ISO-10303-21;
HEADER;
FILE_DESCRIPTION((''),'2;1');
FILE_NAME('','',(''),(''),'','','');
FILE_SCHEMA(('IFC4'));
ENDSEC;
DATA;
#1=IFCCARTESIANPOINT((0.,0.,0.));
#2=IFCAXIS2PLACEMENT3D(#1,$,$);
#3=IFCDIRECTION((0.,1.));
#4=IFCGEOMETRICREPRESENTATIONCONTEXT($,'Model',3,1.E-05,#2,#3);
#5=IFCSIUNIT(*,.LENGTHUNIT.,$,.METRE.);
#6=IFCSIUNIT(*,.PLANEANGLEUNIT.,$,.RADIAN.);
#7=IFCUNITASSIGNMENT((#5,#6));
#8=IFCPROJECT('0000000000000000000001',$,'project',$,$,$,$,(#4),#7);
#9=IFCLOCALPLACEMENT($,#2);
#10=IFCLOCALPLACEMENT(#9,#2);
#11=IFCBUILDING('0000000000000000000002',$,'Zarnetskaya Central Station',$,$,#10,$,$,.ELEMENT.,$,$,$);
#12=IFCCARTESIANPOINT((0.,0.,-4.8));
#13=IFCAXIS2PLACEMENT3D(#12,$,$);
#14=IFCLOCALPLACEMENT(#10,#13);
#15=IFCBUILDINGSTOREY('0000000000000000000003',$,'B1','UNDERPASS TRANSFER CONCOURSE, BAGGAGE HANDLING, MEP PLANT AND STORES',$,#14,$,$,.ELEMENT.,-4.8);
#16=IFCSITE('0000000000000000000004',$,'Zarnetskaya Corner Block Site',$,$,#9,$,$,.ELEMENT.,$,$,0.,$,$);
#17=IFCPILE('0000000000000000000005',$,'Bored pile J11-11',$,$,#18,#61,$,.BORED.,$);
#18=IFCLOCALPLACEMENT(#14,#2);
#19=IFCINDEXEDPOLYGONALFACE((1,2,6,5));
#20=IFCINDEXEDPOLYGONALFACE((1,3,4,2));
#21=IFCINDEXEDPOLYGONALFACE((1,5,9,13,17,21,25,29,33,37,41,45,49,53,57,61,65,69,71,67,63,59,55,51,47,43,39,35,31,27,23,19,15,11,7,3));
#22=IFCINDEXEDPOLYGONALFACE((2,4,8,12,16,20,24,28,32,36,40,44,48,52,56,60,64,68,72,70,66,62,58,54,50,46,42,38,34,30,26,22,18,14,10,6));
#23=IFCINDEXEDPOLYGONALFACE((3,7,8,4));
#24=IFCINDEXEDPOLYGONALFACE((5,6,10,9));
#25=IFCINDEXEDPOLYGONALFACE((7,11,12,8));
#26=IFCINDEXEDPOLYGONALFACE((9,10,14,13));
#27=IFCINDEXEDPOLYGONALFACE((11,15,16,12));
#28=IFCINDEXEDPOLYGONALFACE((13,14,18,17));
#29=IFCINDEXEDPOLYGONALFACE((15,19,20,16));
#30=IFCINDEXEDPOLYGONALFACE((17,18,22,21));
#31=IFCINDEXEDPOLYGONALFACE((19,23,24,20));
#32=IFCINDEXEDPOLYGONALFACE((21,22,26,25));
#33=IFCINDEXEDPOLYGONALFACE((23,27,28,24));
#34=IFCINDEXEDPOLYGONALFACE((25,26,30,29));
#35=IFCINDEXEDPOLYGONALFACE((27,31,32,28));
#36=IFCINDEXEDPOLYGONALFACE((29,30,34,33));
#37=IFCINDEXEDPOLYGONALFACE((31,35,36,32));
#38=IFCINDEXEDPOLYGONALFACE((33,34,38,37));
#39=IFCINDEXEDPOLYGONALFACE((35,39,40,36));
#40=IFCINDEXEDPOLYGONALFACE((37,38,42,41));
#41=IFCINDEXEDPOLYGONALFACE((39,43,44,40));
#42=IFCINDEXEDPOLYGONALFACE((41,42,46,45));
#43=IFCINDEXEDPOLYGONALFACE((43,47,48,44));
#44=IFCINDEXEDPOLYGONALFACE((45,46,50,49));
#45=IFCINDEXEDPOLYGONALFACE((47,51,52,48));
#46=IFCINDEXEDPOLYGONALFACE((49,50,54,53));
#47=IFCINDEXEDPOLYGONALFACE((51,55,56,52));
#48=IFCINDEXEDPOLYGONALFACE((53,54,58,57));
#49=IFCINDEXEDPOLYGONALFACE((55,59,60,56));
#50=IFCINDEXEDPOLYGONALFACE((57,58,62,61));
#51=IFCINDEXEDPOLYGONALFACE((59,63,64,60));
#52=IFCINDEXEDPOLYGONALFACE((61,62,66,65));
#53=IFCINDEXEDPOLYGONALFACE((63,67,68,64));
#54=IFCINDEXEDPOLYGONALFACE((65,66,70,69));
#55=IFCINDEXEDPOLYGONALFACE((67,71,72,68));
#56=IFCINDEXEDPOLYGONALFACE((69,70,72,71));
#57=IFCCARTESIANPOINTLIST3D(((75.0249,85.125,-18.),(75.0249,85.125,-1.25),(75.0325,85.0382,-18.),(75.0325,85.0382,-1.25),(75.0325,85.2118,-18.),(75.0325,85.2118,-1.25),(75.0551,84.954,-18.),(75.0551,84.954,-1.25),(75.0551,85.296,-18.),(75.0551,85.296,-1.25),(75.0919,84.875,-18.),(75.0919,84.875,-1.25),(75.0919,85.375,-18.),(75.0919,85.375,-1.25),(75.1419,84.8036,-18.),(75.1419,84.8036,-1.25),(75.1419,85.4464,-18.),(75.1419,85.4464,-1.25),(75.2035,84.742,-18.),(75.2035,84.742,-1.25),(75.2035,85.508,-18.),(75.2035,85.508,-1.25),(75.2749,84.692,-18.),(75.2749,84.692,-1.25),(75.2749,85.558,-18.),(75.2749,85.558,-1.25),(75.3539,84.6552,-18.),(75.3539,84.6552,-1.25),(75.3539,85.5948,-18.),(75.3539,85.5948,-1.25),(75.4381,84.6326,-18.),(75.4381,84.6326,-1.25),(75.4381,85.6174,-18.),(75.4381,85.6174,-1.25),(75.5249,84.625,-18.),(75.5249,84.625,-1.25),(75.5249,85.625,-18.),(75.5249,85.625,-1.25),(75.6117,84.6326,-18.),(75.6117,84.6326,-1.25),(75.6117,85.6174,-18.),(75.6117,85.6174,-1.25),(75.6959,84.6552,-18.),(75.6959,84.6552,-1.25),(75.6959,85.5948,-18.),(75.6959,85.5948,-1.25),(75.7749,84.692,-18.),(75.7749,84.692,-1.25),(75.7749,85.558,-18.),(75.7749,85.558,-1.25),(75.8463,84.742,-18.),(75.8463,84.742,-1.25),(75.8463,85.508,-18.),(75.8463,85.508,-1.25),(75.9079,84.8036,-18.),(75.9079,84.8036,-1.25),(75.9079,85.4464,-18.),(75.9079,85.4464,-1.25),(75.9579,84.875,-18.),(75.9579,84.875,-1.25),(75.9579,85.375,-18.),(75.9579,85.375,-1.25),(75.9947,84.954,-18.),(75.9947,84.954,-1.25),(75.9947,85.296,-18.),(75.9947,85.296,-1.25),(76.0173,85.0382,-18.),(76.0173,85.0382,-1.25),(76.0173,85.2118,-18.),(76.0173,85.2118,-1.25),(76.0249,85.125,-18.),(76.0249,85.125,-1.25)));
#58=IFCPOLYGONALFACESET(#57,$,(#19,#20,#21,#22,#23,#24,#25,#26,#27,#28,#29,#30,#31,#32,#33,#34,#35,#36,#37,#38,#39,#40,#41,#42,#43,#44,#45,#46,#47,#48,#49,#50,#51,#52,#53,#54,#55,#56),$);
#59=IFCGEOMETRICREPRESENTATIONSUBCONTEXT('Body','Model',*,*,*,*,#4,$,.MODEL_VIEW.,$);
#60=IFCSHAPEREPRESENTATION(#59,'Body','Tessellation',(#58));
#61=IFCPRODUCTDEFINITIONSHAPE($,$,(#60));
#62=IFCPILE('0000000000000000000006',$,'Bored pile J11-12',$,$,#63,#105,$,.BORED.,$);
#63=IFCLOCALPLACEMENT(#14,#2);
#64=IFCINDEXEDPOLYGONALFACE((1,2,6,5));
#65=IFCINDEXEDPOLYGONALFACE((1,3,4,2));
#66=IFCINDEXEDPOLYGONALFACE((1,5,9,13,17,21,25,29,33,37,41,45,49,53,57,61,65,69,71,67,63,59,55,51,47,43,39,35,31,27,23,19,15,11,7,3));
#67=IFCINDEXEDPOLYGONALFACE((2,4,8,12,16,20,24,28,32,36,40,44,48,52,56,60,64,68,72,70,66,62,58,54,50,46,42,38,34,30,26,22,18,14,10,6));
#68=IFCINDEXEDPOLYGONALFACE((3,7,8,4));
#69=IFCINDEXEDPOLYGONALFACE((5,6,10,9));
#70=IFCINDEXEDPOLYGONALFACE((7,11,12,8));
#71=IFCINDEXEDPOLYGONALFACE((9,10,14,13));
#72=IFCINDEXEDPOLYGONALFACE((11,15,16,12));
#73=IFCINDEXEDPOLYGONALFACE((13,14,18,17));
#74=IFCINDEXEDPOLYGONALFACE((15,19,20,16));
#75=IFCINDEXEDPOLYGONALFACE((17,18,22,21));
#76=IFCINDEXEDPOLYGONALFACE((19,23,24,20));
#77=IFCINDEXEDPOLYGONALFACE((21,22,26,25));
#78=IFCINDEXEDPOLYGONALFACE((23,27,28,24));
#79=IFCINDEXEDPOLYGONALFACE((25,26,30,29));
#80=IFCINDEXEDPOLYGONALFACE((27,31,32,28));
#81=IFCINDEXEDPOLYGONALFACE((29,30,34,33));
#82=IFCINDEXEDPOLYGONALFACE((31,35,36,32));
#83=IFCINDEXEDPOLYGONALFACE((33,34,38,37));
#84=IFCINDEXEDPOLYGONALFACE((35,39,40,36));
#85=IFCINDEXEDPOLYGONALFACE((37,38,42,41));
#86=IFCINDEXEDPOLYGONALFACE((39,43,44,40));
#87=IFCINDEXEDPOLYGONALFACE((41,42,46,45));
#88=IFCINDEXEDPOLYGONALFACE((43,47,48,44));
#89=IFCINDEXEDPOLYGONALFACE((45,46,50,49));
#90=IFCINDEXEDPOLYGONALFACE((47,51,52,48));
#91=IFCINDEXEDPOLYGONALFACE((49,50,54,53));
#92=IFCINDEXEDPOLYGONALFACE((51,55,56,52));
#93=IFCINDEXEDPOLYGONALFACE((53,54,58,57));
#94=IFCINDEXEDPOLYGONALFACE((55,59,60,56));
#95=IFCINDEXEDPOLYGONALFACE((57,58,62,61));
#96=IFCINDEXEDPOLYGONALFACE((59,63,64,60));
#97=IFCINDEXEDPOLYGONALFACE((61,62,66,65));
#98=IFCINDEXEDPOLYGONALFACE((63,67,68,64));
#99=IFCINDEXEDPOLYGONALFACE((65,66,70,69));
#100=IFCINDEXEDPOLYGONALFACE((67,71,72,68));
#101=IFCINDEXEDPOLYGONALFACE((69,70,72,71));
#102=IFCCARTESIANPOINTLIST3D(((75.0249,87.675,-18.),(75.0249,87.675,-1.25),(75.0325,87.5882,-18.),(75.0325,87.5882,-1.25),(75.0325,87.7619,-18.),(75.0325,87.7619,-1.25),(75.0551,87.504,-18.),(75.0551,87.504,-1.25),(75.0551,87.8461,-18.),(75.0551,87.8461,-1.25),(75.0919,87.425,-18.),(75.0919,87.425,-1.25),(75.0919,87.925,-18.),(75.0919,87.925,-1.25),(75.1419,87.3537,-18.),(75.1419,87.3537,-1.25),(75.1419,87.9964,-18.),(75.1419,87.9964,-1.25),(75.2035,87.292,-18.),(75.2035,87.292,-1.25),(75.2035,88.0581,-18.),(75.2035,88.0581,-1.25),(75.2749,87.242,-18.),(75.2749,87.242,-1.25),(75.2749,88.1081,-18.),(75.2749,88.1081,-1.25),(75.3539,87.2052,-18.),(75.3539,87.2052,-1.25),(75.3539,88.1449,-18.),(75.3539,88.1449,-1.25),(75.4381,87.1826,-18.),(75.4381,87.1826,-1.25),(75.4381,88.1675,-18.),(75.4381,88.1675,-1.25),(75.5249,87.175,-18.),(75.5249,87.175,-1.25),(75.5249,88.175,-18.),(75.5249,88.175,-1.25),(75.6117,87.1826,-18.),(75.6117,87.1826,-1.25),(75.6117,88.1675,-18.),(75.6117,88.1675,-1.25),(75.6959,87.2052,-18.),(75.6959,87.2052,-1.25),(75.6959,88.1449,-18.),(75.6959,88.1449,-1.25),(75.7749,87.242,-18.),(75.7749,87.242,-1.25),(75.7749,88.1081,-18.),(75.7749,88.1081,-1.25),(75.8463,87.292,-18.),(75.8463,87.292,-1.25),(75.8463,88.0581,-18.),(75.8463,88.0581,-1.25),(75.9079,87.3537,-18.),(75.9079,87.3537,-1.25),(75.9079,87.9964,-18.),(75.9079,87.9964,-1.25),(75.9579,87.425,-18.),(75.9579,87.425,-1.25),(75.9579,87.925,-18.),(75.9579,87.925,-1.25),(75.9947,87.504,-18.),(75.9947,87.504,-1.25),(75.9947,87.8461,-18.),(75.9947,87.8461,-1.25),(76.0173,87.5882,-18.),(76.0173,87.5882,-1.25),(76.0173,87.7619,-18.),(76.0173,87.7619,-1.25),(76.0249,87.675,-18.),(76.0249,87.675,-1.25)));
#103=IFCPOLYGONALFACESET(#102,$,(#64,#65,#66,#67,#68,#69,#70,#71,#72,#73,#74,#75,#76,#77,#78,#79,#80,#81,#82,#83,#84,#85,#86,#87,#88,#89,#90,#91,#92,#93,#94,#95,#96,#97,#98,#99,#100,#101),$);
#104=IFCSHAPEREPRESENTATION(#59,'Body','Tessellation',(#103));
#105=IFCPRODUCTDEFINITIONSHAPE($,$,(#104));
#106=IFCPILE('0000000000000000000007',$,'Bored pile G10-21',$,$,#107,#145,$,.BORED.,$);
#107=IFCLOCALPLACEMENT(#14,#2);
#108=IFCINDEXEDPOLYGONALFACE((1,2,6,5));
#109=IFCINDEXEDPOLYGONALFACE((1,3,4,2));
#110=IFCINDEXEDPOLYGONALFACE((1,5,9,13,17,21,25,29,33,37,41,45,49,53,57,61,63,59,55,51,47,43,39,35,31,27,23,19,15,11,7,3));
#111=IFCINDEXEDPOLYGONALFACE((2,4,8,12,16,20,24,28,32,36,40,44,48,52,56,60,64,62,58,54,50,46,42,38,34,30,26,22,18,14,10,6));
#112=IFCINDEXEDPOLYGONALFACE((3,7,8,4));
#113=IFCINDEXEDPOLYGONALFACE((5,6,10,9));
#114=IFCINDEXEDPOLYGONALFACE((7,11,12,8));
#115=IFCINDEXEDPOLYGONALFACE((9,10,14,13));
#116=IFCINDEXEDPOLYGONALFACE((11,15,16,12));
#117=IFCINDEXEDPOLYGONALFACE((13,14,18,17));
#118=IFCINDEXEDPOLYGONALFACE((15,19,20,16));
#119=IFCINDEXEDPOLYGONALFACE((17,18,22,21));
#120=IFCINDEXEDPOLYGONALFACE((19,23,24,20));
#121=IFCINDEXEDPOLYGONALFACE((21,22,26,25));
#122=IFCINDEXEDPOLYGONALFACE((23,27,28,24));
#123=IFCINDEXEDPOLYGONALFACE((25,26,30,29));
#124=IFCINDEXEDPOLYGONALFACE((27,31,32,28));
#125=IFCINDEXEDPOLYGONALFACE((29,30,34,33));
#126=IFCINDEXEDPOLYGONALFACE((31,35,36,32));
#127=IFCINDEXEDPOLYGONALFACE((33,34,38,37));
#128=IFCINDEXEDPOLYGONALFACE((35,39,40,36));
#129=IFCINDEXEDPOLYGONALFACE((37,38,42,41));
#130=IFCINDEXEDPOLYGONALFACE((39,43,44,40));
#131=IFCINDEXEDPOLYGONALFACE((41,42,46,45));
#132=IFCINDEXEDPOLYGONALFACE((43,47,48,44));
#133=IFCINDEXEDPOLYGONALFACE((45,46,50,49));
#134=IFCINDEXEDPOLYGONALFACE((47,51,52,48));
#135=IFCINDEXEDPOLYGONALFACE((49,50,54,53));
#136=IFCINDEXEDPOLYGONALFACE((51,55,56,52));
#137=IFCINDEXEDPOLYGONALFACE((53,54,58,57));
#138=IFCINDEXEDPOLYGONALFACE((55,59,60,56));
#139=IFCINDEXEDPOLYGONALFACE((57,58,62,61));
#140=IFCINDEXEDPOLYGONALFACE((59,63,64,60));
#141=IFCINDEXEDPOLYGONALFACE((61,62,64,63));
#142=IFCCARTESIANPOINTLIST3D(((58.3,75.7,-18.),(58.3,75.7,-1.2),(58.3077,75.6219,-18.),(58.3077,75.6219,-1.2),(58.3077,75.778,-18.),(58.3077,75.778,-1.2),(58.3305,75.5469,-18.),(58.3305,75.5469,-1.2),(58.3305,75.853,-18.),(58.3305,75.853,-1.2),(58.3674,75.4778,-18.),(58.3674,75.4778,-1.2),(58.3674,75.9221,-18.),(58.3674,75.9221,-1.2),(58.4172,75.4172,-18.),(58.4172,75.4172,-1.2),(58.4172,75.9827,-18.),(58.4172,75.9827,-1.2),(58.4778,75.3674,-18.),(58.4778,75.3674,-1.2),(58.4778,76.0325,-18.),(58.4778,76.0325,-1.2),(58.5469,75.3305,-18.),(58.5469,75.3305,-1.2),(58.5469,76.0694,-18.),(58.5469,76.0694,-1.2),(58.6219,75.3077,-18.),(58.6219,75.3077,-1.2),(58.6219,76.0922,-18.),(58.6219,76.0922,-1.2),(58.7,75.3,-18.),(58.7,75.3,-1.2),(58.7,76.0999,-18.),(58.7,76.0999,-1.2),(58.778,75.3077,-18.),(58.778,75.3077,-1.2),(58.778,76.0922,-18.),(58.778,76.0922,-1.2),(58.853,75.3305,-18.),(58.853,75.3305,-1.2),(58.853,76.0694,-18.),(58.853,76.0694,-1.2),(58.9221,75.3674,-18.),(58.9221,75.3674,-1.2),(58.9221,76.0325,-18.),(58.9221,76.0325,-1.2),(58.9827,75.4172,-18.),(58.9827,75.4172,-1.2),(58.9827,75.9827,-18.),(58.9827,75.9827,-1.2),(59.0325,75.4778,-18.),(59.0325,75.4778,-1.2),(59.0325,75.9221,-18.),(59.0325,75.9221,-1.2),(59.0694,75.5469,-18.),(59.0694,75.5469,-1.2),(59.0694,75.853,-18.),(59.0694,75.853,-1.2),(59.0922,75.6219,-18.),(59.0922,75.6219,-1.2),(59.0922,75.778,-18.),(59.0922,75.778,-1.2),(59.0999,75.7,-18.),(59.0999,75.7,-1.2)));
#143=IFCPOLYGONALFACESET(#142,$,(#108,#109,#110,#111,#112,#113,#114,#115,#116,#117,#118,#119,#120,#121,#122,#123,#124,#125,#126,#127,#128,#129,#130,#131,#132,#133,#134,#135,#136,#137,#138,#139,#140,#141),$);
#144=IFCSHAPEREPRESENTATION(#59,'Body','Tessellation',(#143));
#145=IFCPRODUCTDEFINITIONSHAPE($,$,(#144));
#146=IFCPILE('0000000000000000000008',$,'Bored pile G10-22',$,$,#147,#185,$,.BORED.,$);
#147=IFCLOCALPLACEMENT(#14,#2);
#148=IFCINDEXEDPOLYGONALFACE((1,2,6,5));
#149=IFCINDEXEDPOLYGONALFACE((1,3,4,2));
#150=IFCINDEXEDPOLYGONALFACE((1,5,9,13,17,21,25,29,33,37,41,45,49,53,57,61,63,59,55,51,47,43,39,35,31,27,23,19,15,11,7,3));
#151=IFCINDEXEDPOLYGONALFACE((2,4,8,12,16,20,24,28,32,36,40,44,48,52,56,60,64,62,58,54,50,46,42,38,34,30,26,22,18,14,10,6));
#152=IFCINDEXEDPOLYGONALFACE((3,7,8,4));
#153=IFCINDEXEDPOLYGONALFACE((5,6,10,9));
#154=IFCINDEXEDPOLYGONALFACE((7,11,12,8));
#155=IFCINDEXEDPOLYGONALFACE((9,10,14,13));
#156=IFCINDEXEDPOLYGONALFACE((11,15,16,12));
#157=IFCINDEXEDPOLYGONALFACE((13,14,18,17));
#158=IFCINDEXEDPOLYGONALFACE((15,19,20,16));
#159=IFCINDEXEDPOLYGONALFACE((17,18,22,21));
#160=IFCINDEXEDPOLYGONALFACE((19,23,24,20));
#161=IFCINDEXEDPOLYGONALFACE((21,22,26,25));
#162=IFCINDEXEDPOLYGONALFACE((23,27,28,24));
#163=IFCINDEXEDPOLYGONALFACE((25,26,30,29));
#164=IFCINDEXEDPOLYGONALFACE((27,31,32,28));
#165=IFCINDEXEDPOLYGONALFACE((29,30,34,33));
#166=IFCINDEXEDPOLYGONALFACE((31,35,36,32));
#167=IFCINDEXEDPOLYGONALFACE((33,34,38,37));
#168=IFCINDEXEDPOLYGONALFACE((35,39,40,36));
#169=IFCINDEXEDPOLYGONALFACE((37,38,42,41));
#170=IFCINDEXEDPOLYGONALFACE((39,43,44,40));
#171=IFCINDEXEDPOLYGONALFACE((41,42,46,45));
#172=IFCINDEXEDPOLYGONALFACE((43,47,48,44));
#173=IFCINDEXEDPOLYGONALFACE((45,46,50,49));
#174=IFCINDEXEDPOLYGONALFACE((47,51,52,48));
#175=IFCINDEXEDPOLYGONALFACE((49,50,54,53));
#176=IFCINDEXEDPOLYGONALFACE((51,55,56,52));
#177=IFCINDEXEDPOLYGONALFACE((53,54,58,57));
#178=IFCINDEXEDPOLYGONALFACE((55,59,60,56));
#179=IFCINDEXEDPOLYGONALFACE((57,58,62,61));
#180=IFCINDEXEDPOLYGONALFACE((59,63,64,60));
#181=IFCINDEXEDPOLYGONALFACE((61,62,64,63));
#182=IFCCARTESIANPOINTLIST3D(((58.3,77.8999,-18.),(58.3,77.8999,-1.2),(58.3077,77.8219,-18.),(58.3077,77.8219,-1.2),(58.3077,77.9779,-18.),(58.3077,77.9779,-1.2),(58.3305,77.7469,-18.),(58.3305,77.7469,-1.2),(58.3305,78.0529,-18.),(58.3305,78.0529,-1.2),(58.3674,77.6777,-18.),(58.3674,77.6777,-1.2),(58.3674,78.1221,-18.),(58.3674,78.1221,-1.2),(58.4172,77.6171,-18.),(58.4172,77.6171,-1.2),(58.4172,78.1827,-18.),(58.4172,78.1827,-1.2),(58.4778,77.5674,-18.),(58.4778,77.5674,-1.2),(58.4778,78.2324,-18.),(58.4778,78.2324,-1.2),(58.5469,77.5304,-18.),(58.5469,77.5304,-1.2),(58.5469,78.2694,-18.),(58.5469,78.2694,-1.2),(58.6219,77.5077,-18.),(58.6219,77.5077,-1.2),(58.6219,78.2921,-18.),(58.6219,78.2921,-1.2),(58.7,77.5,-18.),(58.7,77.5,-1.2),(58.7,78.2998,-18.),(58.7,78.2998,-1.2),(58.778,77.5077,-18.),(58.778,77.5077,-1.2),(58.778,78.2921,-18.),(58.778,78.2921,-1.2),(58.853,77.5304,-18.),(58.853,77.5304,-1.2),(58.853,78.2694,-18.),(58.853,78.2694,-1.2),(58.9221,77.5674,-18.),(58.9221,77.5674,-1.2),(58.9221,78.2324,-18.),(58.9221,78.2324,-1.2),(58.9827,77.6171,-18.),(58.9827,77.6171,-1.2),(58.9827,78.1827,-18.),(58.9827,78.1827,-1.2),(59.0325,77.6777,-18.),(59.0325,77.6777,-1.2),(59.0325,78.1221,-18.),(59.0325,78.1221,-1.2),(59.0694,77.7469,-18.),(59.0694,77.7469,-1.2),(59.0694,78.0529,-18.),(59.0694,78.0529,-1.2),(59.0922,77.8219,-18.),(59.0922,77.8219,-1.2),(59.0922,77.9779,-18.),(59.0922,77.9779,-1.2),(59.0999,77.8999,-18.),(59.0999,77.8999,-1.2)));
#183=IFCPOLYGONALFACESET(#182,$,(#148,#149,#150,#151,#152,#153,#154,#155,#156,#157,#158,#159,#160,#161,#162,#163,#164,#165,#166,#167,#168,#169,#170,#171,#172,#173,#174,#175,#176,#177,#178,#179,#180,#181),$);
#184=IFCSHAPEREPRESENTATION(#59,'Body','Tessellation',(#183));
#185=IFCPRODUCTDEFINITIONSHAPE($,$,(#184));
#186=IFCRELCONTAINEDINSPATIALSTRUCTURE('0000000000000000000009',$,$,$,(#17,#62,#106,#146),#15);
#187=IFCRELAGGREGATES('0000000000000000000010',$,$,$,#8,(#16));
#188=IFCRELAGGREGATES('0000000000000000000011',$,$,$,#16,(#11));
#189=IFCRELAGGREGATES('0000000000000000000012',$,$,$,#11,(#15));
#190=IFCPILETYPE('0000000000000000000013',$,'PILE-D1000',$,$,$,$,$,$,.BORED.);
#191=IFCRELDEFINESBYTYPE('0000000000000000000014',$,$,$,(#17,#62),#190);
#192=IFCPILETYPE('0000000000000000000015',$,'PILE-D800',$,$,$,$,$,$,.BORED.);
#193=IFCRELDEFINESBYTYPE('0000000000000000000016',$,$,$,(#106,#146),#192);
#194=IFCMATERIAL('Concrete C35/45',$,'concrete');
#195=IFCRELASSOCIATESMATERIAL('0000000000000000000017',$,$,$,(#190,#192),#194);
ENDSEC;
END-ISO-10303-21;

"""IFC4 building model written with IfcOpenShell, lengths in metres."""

from ifc_helpers import new_model, si_unit, direction, frame, origin, origin_2d, place, context, subcontext, project, spatial, circle, extrude, material, material_profile, profile_set, type_object, element, save


model = new_model("IFC4")

# Units and contexts
model_context = context("Model", 3, precision=1e-05, world=origin(), true_north=direction((0.0, 1.0)))
body_context = subcontext(model_context, "Body", "Model", "MODEL_VIEW")
ifc_project = project(units=[si_unit("LENGTHUNIT", "METRE"), si_unit("PLANEANGLEUNIT", "RADIAN")], contexts=[model_context])

# Site, building, storey
site_placement = place(None, origin())
site = spatial("IfcSite", under=ifc_project, at=site_placement, Name="Zarnetskaya Corner Block Site", CompositionType="ELEMENT", RefElevation=0.0)
building_placement = place(site_placement, origin())
building = spatial("IfcBuilding", under=site, at=building_placement, Name="Zarnetskaya Central Station", CompositionType="ELEMENT")
storey_placement = place(building_placement, frame((0.0, 0.0, -4.8)))
storey = spatial("IfcBuildingStorey", under=building, at=storey_placement, Name="B1", Description="UNDERPASS TRANSFER CONCOURSE, BAGGAGE HANDLING, MEP PLANT AND STORES", CompositionType="ELEMENT", Elevation=-4.8)

# Shared definitions
ifc_material = material(Name="Concrete C35/45", Category="concrete")

# Piles
ifc_material_profile_1 = material_profile(ifc_material, circle(Radius=0.5, at=origin_2d()), Name="BORED PILE D1000")
ifc_profile_set_1 = profile_set([ifc_material_profile_1], Name="Concrete C35/45")
pile_type_1 = type_object("IfcPileType", Name="PILE-D1000", PredefinedType="BORED", material=ifc_profile_set_1)
for number, where, z_axis, x_axis, name in (
    (1, (75.5249, 85.125, -1.25), (0.0, 0.0, -1.0), (1.0, 0.0, 0.0), "Bored pile J11-11"),
    (2, (75.5249, 87.675, -1.25), (0.0, 0.0, -1.0), (1.0, 0.0, 0.0), "Bored pile J11-12"),
):
    element("IfcPile", number, at=place(storey_placement, frame(where, z_axis=z_axis, x_axis=x_axis)), inside=storey, type_object=pile_type_1, Name=name, PredefinedType="BORED", context=body_context, shape_type="SweptSolid", body=[
        extrude(circle(Radius=0.5, at=origin_2d()), origin(), (0.0, 0.0, 1.0), 16.75),
    ])
ifc_material_profile_2 = material_profile(ifc_material, circle(Radius=0.3999, at=origin_2d()), Name="BORED PILE D800")
ifc_profile_set_2 = profile_set([ifc_material_profile_2], Name="Concrete C35/45")
pile_type_2 = type_object("IfcPileType", Name="PILE-D800", PredefinedType="BORED", material=ifc_profile_set_2)
for number, where, z_axis, x_axis, name in (
    (3, (58.7, 75.7, -1.2), (0.0, 0.0, -1.0), (1.0, 0.0, 0.0), "Bored pile G10-21"),
    (4, (58.7, 77.8999, -1.2), (0.0, 0.0, -1.0), (1.0, 0.0, 0.0), "Bored pile G10-22"),
):
    element("IfcPile", number, at=place(storey_placement, frame(where, z_axis=z_axis, x_axis=x_axis)), inside=storey, type_object=pile_type_2, Name=name, PredefinedType="BORED", context=body_context, shape_type="SweptSolid", body=[
        extrude(circle(Radius=0.3999, at=origin_2d()), origin(), (0.0, 0.0, 1.0), 16.8),
    ])

save(model, "model.ifc")
